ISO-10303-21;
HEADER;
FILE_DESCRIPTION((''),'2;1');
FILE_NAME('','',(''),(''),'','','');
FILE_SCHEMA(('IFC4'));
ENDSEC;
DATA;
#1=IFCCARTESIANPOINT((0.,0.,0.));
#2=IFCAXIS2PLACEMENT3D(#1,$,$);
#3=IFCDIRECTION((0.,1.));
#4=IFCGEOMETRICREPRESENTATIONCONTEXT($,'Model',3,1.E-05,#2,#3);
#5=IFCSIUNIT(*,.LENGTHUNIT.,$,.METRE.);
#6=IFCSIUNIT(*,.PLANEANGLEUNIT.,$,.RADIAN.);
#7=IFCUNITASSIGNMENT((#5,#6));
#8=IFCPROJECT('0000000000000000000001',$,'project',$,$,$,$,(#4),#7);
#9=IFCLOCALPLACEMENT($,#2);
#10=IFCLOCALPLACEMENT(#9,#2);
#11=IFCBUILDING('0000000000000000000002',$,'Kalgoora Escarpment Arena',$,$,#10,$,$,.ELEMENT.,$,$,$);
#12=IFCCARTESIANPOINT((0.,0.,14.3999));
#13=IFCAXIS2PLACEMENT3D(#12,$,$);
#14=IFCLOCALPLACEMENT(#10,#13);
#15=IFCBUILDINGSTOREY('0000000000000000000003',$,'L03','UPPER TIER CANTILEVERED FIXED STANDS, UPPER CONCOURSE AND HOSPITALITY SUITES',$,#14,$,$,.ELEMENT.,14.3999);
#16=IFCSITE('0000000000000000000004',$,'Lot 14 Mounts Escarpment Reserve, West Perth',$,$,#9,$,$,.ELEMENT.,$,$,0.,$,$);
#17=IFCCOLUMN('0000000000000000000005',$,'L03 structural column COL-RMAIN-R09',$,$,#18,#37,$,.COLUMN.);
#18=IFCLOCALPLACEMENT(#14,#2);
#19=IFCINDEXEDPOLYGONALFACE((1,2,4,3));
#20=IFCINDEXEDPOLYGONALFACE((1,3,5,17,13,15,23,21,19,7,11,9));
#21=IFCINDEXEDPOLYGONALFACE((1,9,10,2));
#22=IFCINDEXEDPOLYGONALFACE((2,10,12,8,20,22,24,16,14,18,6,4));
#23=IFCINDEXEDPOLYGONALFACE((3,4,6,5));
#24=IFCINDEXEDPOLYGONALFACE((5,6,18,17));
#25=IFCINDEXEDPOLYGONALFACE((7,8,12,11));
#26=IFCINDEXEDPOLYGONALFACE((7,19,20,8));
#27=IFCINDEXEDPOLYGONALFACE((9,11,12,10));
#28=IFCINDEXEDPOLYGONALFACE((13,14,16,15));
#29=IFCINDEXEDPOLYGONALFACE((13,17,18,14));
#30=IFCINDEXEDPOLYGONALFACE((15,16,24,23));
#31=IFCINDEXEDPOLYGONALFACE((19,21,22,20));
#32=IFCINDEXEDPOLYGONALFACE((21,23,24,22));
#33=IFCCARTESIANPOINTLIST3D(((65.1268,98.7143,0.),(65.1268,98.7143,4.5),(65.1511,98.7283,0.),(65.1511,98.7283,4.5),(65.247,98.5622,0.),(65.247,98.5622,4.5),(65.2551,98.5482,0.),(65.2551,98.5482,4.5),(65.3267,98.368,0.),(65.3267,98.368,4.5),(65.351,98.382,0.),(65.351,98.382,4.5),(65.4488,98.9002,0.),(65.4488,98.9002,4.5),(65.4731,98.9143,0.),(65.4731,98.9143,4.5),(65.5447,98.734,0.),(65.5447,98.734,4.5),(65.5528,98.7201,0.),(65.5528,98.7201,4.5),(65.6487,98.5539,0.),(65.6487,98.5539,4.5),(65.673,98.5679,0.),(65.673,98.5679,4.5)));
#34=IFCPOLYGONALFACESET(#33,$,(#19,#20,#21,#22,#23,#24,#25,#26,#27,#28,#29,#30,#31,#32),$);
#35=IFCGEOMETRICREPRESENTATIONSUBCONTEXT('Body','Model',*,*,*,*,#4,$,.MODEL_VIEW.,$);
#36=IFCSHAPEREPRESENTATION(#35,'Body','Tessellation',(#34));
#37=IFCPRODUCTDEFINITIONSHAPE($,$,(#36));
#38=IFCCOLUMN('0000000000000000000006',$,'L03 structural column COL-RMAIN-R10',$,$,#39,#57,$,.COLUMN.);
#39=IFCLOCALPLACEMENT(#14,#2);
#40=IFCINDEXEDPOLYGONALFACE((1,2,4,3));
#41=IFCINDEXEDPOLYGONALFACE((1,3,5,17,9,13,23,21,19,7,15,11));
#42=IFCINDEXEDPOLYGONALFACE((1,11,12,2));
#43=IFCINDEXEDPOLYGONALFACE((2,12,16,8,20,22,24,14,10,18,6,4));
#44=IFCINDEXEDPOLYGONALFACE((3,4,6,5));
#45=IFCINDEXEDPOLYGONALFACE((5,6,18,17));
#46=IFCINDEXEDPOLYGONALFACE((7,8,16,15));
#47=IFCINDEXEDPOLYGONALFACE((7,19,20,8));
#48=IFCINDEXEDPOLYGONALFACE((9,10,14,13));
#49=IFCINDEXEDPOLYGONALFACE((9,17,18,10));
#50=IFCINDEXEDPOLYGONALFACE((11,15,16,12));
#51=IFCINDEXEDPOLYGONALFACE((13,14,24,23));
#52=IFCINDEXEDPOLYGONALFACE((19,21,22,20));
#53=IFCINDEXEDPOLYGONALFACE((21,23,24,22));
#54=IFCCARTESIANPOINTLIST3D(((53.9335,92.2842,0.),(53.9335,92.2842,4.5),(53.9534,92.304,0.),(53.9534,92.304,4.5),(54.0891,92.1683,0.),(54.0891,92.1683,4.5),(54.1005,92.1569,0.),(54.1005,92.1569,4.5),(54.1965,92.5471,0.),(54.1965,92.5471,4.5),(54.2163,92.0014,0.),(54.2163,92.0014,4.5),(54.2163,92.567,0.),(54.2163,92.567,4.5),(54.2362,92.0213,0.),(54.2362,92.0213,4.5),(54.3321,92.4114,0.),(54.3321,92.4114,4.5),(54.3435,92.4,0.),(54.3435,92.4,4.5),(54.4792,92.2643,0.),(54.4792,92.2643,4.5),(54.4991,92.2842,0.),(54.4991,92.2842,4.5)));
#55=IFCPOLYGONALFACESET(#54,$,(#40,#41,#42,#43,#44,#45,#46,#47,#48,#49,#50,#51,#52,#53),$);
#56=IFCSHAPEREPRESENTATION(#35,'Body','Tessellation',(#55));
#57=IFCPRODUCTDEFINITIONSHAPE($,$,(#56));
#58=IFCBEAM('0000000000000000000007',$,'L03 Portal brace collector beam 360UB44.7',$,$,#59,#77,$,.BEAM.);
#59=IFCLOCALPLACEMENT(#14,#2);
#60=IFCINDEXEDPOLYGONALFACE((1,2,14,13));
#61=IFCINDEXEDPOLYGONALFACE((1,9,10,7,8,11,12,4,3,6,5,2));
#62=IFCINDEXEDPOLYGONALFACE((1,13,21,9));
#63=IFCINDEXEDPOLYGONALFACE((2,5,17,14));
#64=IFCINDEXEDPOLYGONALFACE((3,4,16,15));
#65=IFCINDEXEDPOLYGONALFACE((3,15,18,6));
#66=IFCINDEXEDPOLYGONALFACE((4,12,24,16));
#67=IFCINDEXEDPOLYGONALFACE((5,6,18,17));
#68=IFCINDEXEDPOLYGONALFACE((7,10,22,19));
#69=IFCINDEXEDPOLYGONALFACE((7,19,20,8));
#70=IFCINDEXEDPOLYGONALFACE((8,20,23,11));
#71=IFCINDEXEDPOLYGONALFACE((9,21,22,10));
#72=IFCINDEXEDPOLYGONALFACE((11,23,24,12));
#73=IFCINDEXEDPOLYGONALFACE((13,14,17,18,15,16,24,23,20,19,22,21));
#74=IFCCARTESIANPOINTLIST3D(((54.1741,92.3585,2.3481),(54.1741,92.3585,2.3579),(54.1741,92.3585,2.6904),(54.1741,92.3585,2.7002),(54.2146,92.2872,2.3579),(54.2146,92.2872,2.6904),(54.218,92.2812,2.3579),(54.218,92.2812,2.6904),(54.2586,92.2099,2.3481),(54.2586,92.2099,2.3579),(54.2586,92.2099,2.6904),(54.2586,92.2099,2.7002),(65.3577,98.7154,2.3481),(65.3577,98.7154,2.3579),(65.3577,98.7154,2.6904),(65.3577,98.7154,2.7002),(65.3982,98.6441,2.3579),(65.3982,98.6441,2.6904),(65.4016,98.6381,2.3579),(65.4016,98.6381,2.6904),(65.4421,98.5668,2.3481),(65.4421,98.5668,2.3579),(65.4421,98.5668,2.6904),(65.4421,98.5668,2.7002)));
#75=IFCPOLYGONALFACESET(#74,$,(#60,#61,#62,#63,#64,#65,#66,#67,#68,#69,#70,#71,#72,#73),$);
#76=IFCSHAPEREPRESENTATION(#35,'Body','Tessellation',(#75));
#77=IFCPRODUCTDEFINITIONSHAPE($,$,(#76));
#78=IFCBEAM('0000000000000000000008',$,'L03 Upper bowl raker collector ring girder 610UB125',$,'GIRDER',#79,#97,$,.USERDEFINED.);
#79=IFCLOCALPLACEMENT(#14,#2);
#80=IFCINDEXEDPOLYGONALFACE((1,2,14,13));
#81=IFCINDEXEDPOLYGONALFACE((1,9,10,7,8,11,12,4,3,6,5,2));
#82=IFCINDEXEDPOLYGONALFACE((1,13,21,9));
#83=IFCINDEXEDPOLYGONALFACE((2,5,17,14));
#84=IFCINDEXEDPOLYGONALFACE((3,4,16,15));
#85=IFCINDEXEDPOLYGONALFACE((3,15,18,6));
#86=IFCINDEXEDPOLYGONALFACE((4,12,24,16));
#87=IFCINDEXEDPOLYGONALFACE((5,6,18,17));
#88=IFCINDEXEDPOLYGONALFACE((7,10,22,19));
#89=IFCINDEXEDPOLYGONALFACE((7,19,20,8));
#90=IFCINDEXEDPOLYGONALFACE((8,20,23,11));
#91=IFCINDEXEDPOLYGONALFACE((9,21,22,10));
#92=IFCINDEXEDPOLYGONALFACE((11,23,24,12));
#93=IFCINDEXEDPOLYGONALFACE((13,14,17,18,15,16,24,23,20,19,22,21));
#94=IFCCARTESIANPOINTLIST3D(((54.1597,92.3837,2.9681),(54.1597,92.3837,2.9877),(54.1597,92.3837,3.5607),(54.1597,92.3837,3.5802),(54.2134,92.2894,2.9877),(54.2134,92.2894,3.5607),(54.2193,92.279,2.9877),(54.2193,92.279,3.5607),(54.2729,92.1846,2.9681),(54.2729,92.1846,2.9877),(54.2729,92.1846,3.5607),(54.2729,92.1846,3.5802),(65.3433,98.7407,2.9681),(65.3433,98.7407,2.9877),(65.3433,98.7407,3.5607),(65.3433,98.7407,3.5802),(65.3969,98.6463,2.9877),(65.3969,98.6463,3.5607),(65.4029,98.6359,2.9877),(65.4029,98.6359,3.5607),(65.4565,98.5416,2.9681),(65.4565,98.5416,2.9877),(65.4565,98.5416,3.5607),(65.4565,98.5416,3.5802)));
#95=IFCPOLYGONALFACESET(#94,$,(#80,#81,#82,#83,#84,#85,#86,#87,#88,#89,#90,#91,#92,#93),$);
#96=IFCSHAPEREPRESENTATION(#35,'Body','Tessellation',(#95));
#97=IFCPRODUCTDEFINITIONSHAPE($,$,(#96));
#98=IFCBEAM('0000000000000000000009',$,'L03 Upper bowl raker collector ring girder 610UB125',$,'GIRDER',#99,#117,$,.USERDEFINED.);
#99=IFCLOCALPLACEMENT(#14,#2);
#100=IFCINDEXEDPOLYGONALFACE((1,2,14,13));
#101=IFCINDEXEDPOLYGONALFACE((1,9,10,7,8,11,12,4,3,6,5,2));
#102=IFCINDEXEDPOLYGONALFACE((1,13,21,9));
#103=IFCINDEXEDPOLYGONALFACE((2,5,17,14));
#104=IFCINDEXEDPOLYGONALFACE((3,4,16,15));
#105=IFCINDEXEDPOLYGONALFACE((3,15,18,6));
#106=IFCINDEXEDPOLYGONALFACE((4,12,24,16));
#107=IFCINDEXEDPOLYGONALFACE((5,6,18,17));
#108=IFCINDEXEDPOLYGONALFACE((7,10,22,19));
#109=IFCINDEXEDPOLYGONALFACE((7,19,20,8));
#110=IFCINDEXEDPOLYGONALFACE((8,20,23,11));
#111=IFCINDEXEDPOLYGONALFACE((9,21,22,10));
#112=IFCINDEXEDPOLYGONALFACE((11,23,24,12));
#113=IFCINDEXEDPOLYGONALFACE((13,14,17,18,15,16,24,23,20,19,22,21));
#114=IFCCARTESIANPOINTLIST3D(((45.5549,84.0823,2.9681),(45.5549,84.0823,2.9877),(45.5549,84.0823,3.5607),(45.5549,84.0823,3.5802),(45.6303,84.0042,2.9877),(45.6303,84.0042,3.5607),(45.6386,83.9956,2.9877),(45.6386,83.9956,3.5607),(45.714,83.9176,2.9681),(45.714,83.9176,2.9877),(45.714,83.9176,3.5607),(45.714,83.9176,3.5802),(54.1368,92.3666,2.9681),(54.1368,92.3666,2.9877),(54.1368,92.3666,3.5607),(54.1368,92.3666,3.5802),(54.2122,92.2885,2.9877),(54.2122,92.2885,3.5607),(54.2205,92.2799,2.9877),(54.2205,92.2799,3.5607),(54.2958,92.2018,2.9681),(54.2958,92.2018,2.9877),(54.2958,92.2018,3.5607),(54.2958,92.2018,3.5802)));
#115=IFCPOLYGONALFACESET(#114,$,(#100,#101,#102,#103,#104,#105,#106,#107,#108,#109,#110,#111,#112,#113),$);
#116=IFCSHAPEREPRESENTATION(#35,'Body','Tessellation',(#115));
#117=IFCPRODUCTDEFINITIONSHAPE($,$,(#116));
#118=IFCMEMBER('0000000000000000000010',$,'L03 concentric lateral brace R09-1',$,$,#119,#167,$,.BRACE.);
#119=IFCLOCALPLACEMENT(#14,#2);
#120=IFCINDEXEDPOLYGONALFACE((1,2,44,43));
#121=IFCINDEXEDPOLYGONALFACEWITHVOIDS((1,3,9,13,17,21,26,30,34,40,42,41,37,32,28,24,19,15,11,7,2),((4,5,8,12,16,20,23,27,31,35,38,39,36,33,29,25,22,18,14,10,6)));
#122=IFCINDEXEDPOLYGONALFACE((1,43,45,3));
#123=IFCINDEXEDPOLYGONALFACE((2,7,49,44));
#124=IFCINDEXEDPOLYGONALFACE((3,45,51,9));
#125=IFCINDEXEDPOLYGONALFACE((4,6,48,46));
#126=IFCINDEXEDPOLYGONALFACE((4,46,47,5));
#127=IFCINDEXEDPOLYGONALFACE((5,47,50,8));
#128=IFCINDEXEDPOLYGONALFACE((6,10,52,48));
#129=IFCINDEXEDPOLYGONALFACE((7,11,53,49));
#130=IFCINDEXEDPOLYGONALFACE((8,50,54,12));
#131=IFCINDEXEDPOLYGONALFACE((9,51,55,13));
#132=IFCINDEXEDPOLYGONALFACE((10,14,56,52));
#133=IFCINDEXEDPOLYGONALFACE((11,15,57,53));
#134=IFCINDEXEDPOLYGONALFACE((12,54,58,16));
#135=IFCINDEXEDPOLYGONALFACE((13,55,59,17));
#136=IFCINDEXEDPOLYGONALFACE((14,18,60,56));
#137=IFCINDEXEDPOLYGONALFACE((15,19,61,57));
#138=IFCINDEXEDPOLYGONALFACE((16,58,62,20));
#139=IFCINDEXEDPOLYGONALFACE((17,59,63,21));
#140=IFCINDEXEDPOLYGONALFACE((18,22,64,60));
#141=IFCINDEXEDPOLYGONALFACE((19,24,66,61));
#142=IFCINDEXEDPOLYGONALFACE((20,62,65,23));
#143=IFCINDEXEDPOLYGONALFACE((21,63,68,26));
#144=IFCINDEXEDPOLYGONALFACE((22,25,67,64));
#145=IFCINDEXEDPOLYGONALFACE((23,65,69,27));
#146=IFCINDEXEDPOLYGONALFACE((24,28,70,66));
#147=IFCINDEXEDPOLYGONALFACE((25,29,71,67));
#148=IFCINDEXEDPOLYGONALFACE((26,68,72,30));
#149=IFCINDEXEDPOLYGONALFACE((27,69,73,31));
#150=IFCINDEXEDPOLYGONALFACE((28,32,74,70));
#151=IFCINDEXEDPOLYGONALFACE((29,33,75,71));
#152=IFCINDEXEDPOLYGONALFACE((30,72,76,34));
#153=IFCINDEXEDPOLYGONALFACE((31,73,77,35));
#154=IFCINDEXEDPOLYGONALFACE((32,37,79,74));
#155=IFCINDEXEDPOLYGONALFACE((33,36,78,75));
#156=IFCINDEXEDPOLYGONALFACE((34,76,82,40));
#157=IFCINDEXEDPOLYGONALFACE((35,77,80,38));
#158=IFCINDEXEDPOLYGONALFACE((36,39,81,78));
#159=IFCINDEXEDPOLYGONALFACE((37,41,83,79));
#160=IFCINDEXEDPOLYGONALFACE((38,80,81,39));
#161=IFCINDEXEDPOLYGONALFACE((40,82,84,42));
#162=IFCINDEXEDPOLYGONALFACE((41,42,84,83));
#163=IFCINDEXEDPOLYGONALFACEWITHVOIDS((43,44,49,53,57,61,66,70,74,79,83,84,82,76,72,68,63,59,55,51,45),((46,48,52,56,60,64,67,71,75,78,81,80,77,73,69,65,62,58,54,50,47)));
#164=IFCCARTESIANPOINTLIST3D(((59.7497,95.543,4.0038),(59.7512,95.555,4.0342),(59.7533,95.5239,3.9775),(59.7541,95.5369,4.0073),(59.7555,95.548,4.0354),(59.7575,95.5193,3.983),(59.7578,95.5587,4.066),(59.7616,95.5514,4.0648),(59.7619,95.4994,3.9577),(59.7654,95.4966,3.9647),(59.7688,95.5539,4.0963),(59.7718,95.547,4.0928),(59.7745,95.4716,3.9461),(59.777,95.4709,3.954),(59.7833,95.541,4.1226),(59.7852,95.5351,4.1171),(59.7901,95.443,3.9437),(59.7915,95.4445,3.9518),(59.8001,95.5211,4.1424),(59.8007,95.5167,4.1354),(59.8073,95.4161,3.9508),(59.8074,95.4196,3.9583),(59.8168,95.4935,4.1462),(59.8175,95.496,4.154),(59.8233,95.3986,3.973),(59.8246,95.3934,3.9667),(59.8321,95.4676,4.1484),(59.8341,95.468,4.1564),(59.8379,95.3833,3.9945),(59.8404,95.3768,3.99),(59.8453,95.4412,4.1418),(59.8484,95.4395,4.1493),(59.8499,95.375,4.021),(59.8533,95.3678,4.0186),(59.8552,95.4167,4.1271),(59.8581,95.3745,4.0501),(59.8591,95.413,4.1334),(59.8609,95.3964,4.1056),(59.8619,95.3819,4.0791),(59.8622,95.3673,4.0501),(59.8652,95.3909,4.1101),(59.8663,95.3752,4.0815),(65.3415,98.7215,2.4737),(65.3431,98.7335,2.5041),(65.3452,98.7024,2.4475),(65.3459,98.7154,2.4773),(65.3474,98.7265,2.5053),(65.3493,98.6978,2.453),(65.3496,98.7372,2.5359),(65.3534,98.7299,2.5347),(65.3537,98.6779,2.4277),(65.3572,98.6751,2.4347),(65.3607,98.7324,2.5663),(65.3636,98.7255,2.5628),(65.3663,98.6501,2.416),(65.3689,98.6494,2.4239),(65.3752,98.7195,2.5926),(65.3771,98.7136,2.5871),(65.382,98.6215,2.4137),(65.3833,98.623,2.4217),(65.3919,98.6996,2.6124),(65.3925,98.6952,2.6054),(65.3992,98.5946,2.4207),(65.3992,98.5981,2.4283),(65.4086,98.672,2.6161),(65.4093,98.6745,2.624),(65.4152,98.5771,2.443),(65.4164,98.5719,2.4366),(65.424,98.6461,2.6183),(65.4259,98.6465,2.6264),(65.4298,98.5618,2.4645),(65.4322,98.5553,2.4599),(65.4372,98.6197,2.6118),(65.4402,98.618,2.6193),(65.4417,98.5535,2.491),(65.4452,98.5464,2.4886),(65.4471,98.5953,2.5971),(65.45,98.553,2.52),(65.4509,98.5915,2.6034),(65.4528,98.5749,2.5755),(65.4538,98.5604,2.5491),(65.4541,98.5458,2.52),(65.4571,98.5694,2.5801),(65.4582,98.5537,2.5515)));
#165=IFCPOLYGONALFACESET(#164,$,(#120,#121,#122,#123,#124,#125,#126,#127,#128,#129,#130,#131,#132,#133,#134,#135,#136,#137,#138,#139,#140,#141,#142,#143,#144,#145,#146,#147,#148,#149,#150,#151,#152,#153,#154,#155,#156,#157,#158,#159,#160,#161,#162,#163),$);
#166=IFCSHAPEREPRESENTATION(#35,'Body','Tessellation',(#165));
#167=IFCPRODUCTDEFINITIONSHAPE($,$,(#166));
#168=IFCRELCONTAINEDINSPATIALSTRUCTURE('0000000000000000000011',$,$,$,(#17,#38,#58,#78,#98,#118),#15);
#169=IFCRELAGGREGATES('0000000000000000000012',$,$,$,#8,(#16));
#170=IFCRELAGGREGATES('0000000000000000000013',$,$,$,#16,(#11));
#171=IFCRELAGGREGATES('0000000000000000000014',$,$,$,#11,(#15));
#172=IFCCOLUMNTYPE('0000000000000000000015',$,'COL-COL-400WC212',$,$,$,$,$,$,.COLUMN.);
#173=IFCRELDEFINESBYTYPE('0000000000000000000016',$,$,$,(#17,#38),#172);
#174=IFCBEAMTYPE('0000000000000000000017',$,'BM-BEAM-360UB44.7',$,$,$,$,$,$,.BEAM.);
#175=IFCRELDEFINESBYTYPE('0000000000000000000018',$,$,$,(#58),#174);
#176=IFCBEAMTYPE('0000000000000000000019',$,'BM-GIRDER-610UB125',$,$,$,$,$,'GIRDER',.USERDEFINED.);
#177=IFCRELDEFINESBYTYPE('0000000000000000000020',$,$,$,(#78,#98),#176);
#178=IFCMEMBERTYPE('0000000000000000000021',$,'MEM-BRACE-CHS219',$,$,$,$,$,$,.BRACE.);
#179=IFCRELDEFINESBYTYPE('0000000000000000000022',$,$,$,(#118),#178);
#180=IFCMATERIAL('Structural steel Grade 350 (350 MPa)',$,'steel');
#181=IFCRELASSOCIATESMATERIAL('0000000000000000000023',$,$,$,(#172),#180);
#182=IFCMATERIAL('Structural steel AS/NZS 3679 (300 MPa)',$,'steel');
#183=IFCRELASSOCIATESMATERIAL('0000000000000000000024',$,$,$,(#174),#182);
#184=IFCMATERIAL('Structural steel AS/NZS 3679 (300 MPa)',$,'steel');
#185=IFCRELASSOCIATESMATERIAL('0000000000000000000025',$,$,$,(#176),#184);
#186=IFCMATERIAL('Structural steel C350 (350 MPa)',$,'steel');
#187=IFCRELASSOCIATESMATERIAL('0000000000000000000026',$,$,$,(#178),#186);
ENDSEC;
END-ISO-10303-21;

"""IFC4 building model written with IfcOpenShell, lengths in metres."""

from ifc_helpers import new_model, si_unit, direction, frame, origin, origin_2d, place, context, subcontext, project, spatial, hollow_circle, i_section, extrude, material, material_profile, profile_set, type_object, element, save


model = new_model("IFC4")

# Units and contexts
model_context = context("Model", 3, precision=1e-05, world=origin(), true_north=direction((0.0, 1.0)))
body_context = subcontext(model_context, "Body", "Model", "MODEL_VIEW")
ifc_project = project(units=[si_unit("LENGTHUNIT", "METRE"), si_unit("PLANEANGLEUNIT", "RADIAN")], contexts=[model_context])

# Site, building, storey
site_placement = place(None, origin())
site = spatial("IfcSite", under=ifc_project, at=site_placement, Name="Lot 14 Mounts Escarpment Reserve, West Perth", CompositionType="ELEMENT", RefElevation=0.0)
building_placement = place(site_placement, origin())
building = spatial("IfcBuilding", under=site, at=building_placement, Name="Kalgoora Escarpment Arena", CompositionType="ELEMENT")
storey_placement = place(building_placement, frame((0.0, 0.0, 14.3999)))
storey = spatial("IfcBuildingStorey", under=building, at=storey_placement, Name="L03", Description="UPPER TIER CANTILEVERED FIXED STANDS, UPPER CONCOURSE AND HOSPITALITY SUITES", CompositionType="ELEMENT", Elevation=14.3999)

# Columns
ifc_material_1 = material(Name="Structural steel Grade 350 (350 MPa)", Category="steel")
ifc_material_profile_1 = material_profile(ifc_material_1, i_section(OverallWidth=0.3999, OverallDepth=0.3999, WebThickness=0.0161, FlangeThickness=0.0281, at=origin_2d()))
ifc_profile_set_1 = profile_set([ifc_material_profile_1], Name="Structural steel Grade 350 (350 MPa)")
column_type = type_object("IfcColumnType", Name="COL-COL-400WC212", PredefinedType="COLUMN", material=ifc_profile_set_1)
for number, where, z_axis, x_axis, name in (
    (1, (65.3999, 98.6411, 0.0), (0.0, 0.0, 1.0), (-0.5, 0.866025, 0.0), "L03 structural column COL-RMAIN-R09"),
    (2, (54.2163, 92.2842, 0.0), (0.0, 0.0, 1.0), (-0.707107, 0.707107, 0.0), "L03 structural column COL-RMAIN-R10"),
):
    element("IfcColumn", number, at=place(storey_placement, frame(where, z_axis=z_axis, x_axis=x_axis)), inside=storey, type_object=column_type, Name=name, PredefinedType="COLUMN", context=body_context, shape_type="SweptSolid", body=[
        extrude(i_section(OverallWidth=0.3999, OverallDepth=0.3999, WebThickness=0.0161, FlangeThickness=0.0281, at=origin_2d()), origin(), (0.0, 0.0, 1.0), 4.5),
    ])

# Beams
ifc_material_2 = material(Name="Structural steel AS/NZS 3679 (300 MPa)", Category="steel")
ifc_material_profile_2 = material_profile(ifc_material_2, i_section(OverallWidth=0.1709, OverallDepth=0.3521, WebThickness=0.0068, FlangeThickness=0.0098, at=origin_2d()))
ifc_profile_set_2 = profile_set([ifc_material_profile_2], Name="Structural steel AS/NZS 3679 (300 MPa)")
beam_type_1 = type_object("IfcBeamType", Name="BM-BEAM-360UB44.7", PredefinedType="BEAM", material=ifc_profile_set_2)
beam_1_placement = place(storey_placement, frame((65.3999, 98.6411, 2.5242), z_axis=(-0.869369, -0.494163, 0.0), x_axis=(0.494163, -0.869369, 0.0)))
element("IfcBeam", 3, at=beam_1_placement, inside=storey, type_object=beam_type_1, Name="L03 Portal brace collector beam 360UB44.7", PredefinedType="BEAM", context=body_context, shape_type="SweptSolid", body=[
    extrude(i_section(OverallWidth=0.1709, OverallDepth=0.3521, WebThickness=0.0068, FlangeThickness=0.0098, at=origin_2d()), origin(), (0.0, 0.0, 1.0), 12.864),
])
ifc_material_3 = material(Name="Structural steel AS/NZS 3679 (300 MPa)", Category="steel")
ifc_material_profile_3 = material_profile(ifc_material_3, i_section(OverallWidth=0.229, OverallDepth=0.6121, WebThickness=0.012, FlangeThickness=0.0195, at=origin_2d()))
ifc_profile_set_3 = profile_set([ifc_material_profile_3], Name="Structural steel AS/NZS 3679 (300 MPa)")
beam_type_2 = type_object("IfcBeamType", Name="BM-GIRDER-610UB125", ElementType="GIRDER", PredefinedType="USERDEFINED", material=ifc_profile_set_3)
beam_2_placement = place(storey_placement, frame((65.3999, 98.6411, 3.2742), z_axis=(-0.869369, -0.494163, 0.0), x_axis=(0.494163, -0.869369, 0.0)))
element("IfcBeam", 4, at=beam_2_placement, inside=storey, type_object=beam_type_2, Name="L03 Upper bowl raker collector ring girder 610UB125", ObjectType="GIRDER", PredefinedType="USERDEFINED", context=body_context, shape_type="SweptSolid", body=[
    extrude(i_section(OverallWidth=0.229, OverallDepth=0.6121, WebThickness=0.012, FlangeThickness=0.0195, at=origin_2d()), origin(), (0.0, 0.0, 1.0), 12.864),
])
beam_3_placement = place(storey_placement, frame((54.2163, 92.2842, 3.2742), z_axis=(-0.719472, -0.694521, 0.0), x_axis=(0.694521, -0.719472, 0.0)))
element("IfcBeam", 5, at=beam_3_placement, inside=storey, type_object=beam_type_2, Name="L03 Upper bowl raker collector ring girder 610UB125", ObjectType="GIRDER", PredefinedType="USERDEFINED", context=body_context, shape_type="SweptSolid", body=[
    extrude(i_section(OverallWidth=0.229, OverallDepth=0.6121, WebThickness=0.012, FlangeThickness=0.0195, at=origin_2d()), origin(), (0.0, 0.0, 1.0), 11.928),
])

# Member
ifc_material_4 = material(Name="Structural steel C350 (350 MPa)", Category="steel")
ifc_material_profile_4 = material_profile(ifc_material_4, hollow_circle(Radius=0.1096, WallThickness=0.0083, at=origin_2d()))
ifc_profile_set_4 = profile_set([ifc_material_profile_4], Name="Structural steel C350 (350 MPa)")
member_type = type_object("IfcMemberType", Name="MEM-BRACE-CHS219", PredefinedType="BRACE", material=ifc_profile_set_4)
for number, where, z_axis, x_axis, name in (
    (6, (65.3999, 98.6411, 2.52), (-0.845769, -0.480749, 0.23142), (0.494163, -0.869369, 0.0), "L03 concentric lateral brace R09-1"),
):
    element("IfcMember", number, at=place(storey_placement, frame(where, z_axis=z_axis, x_axis=x_axis)), inside=storey, type_object=member_type, Name=name, PredefinedType="BRACE", context=body_context, shape_type="SweptSolid", body=[
        extrude(hollow_circle(Radius=0.1096, WallThickness=0.0083, at=origin_2d()), origin(), (0.0, 0.0, 1.0), 6.6116),
    ])

save(model, "model.ifc")
